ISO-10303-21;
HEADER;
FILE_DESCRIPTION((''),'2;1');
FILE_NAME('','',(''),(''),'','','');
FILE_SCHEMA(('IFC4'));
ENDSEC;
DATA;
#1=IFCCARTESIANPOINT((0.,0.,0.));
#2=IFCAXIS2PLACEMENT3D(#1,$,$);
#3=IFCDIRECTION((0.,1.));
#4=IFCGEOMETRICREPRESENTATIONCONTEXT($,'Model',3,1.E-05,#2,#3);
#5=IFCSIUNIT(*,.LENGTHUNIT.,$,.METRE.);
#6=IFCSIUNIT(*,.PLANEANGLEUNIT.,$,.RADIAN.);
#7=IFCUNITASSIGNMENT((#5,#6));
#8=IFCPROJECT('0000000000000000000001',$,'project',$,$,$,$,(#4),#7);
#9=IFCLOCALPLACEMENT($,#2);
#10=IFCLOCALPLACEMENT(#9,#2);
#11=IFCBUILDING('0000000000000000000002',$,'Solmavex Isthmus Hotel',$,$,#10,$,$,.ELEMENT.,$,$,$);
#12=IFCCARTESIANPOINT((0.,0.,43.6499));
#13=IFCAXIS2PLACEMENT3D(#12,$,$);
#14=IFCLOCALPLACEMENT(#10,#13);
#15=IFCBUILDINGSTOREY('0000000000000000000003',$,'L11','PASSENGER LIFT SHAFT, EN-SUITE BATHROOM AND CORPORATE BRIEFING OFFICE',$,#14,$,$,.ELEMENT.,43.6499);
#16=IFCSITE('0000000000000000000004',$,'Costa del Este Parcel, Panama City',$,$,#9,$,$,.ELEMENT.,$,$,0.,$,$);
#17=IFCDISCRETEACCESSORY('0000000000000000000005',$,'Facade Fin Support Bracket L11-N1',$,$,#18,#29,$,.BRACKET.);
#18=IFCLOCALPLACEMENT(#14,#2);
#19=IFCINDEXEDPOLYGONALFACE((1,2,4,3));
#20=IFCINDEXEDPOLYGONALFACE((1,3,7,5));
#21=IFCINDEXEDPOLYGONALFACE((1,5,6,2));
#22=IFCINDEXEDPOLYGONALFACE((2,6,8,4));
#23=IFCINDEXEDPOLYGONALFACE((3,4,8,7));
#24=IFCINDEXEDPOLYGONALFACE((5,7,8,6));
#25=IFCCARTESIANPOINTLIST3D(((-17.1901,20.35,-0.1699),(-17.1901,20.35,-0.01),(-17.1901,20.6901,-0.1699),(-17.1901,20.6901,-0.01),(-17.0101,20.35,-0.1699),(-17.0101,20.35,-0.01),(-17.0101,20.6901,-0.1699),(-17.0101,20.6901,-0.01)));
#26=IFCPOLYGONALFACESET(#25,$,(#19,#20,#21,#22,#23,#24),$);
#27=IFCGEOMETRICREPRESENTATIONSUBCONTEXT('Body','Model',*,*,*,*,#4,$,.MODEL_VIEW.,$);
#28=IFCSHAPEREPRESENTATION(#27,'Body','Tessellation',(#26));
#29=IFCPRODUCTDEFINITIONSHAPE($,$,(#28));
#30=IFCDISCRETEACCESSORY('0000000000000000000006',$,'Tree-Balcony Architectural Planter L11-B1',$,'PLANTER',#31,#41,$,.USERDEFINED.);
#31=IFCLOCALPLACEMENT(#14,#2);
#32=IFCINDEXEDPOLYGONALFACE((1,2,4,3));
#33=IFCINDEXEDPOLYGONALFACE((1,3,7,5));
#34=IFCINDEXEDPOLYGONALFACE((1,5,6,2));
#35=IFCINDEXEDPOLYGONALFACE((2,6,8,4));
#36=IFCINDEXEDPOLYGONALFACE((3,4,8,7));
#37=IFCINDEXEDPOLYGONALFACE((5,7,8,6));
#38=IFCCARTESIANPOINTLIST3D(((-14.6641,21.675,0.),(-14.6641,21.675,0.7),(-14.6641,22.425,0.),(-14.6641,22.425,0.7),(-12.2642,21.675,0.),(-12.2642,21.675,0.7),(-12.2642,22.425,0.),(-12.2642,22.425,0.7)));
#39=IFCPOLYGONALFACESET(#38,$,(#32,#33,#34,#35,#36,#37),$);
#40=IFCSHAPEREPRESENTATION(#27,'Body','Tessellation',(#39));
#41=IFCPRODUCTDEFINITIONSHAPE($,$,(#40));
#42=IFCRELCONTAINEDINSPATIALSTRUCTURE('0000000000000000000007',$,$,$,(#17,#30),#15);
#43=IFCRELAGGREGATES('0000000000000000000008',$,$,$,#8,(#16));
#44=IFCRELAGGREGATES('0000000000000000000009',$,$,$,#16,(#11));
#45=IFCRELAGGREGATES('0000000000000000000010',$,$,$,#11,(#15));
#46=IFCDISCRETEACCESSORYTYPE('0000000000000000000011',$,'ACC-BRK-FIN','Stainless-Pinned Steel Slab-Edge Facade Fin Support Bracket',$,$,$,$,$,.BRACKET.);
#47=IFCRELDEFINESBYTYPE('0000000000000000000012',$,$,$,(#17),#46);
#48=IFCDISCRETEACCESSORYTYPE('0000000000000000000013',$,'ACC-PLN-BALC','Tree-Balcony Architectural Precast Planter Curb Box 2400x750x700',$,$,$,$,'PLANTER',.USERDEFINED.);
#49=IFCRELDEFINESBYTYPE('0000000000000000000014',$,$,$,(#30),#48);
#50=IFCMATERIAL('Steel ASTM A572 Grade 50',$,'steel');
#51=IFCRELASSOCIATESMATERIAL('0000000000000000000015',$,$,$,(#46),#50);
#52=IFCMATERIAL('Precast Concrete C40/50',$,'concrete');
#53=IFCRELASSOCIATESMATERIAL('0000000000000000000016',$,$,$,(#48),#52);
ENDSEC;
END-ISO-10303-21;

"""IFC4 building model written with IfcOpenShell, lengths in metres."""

from ifc_helpers import new_model, si_unit, direction, frame, origin, origin_2d, place, context, subcontext, project, spatial, rectangle, extrude, material, type_object, element, save


model = new_model("IFC4")

# Units and contexts
model_context = context("Model", 3, precision=1e-05, world=origin(), true_north=direction((0.0, 1.0)))
body_context = subcontext(model_context, "Body", "Model", "MODEL_VIEW")
ifc_project = project(units=[si_unit("LENGTHUNIT", "METRE"), si_unit("PLANEANGLEUNIT", "RADIAN")], contexts=[model_context])

# Site, building, storey
site_placement = place(None, origin())
site = spatial("IfcSite", under=ifc_project, at=site_placement, Name="Costa del Este Parcel, Panama City", CompositionType="ELEMENT", RefElevation=0.0)
building_placement = place(site_placement, origin())
building = spatial("IfcBuilding", under=site, at=building_placement, Name="Solmavex Isthmus Hotel", CompositionType="ELEMENT")
storey_placement = place(building_placement, frame((0.0, 0.0, 43.6499)))
storey = spatial("IfcBuildingStorey", under=building, at=storey_placement, Name="L11", Description="PASSENGER LIFT SHAFT, EN-SUITE BATHROOM AND CORPORATE BRIEFING OFFICE", CompositionType="ELEMENT", Elevation=43.6499)

# Shared definitions
ifc_material_1 = material(Name="Precast Concrete C40/50", Category="concrete")

# Discrete accessories
ifc_material_2 = material(Name="Steel ASTM A572 Grade 50", Category="steel")
discrete_accessory_type_1 = type_object("IfcDiscreteAccessoryType", Name="ACC-BRK-FIN", Description="Stainless-Pinned Steel Slab-Edge Facade Fin Support Bracket", PredefinedType="BRACKET", material=ifc_material_2)
discrete_accessory_1_placement = place(storey_placement, frame((-17.1001, 20.52, -0.1699), z_axis=(0.0, 0.0, 1.0), x_axis=(0.0, 1.0, 0.0)))
element("IfcDiscreteAccessory", 1, at=discrete_accessory_1_placement, inside=storey, type_object=discrete_accessory_type_1, Name="Facade Fin Support Bracket L11-N1", PredefinedType="BRACKET", context=body_context, shape_type="SweptSolid", body=[
    extrude(rectangle(XDim=0.3401, YDim=0.1799, at=origin_2d()), origin(), (0.0, 0.0, 1.0), 0.1599),
])
discrete_accessory_type_2 = type_object("IfcDiscreteAccessoryType", Name="ACC-PLN-BALC", Description="Tree-Balcony Architectural Precast Planter Curb Box 2400x750x700", ElementType="PLANTER", PredefinedType="USERDEFINED", material=ifc_material_1)
discrete_accessory_2_placement = place(storey_placement, frame((-13.4641, 22.05, 0.0), z_axis=(0.0, 0.0, 1.0), x_axis=(1.0, 0.0, 0.0)))
element("IfcDiscreteAccessory", 2, at=discrete_accessory_2_placement, inside=storey, type_object=discrete_accessory_type_2, Name="Tree-Balcony Architectural Planter L11-B1", ObjectType="PLANTER", PredefinedType="USERDEFINED", context=body_context, shape_type="SweptSolid", body=[
    extrude(rectangle(XDim=2.3999, YDim=0.75, at=origin_2d()), origin(), (0.0, 0.0, 1.0), 0.7),
])

save(model, "model.ifc")
